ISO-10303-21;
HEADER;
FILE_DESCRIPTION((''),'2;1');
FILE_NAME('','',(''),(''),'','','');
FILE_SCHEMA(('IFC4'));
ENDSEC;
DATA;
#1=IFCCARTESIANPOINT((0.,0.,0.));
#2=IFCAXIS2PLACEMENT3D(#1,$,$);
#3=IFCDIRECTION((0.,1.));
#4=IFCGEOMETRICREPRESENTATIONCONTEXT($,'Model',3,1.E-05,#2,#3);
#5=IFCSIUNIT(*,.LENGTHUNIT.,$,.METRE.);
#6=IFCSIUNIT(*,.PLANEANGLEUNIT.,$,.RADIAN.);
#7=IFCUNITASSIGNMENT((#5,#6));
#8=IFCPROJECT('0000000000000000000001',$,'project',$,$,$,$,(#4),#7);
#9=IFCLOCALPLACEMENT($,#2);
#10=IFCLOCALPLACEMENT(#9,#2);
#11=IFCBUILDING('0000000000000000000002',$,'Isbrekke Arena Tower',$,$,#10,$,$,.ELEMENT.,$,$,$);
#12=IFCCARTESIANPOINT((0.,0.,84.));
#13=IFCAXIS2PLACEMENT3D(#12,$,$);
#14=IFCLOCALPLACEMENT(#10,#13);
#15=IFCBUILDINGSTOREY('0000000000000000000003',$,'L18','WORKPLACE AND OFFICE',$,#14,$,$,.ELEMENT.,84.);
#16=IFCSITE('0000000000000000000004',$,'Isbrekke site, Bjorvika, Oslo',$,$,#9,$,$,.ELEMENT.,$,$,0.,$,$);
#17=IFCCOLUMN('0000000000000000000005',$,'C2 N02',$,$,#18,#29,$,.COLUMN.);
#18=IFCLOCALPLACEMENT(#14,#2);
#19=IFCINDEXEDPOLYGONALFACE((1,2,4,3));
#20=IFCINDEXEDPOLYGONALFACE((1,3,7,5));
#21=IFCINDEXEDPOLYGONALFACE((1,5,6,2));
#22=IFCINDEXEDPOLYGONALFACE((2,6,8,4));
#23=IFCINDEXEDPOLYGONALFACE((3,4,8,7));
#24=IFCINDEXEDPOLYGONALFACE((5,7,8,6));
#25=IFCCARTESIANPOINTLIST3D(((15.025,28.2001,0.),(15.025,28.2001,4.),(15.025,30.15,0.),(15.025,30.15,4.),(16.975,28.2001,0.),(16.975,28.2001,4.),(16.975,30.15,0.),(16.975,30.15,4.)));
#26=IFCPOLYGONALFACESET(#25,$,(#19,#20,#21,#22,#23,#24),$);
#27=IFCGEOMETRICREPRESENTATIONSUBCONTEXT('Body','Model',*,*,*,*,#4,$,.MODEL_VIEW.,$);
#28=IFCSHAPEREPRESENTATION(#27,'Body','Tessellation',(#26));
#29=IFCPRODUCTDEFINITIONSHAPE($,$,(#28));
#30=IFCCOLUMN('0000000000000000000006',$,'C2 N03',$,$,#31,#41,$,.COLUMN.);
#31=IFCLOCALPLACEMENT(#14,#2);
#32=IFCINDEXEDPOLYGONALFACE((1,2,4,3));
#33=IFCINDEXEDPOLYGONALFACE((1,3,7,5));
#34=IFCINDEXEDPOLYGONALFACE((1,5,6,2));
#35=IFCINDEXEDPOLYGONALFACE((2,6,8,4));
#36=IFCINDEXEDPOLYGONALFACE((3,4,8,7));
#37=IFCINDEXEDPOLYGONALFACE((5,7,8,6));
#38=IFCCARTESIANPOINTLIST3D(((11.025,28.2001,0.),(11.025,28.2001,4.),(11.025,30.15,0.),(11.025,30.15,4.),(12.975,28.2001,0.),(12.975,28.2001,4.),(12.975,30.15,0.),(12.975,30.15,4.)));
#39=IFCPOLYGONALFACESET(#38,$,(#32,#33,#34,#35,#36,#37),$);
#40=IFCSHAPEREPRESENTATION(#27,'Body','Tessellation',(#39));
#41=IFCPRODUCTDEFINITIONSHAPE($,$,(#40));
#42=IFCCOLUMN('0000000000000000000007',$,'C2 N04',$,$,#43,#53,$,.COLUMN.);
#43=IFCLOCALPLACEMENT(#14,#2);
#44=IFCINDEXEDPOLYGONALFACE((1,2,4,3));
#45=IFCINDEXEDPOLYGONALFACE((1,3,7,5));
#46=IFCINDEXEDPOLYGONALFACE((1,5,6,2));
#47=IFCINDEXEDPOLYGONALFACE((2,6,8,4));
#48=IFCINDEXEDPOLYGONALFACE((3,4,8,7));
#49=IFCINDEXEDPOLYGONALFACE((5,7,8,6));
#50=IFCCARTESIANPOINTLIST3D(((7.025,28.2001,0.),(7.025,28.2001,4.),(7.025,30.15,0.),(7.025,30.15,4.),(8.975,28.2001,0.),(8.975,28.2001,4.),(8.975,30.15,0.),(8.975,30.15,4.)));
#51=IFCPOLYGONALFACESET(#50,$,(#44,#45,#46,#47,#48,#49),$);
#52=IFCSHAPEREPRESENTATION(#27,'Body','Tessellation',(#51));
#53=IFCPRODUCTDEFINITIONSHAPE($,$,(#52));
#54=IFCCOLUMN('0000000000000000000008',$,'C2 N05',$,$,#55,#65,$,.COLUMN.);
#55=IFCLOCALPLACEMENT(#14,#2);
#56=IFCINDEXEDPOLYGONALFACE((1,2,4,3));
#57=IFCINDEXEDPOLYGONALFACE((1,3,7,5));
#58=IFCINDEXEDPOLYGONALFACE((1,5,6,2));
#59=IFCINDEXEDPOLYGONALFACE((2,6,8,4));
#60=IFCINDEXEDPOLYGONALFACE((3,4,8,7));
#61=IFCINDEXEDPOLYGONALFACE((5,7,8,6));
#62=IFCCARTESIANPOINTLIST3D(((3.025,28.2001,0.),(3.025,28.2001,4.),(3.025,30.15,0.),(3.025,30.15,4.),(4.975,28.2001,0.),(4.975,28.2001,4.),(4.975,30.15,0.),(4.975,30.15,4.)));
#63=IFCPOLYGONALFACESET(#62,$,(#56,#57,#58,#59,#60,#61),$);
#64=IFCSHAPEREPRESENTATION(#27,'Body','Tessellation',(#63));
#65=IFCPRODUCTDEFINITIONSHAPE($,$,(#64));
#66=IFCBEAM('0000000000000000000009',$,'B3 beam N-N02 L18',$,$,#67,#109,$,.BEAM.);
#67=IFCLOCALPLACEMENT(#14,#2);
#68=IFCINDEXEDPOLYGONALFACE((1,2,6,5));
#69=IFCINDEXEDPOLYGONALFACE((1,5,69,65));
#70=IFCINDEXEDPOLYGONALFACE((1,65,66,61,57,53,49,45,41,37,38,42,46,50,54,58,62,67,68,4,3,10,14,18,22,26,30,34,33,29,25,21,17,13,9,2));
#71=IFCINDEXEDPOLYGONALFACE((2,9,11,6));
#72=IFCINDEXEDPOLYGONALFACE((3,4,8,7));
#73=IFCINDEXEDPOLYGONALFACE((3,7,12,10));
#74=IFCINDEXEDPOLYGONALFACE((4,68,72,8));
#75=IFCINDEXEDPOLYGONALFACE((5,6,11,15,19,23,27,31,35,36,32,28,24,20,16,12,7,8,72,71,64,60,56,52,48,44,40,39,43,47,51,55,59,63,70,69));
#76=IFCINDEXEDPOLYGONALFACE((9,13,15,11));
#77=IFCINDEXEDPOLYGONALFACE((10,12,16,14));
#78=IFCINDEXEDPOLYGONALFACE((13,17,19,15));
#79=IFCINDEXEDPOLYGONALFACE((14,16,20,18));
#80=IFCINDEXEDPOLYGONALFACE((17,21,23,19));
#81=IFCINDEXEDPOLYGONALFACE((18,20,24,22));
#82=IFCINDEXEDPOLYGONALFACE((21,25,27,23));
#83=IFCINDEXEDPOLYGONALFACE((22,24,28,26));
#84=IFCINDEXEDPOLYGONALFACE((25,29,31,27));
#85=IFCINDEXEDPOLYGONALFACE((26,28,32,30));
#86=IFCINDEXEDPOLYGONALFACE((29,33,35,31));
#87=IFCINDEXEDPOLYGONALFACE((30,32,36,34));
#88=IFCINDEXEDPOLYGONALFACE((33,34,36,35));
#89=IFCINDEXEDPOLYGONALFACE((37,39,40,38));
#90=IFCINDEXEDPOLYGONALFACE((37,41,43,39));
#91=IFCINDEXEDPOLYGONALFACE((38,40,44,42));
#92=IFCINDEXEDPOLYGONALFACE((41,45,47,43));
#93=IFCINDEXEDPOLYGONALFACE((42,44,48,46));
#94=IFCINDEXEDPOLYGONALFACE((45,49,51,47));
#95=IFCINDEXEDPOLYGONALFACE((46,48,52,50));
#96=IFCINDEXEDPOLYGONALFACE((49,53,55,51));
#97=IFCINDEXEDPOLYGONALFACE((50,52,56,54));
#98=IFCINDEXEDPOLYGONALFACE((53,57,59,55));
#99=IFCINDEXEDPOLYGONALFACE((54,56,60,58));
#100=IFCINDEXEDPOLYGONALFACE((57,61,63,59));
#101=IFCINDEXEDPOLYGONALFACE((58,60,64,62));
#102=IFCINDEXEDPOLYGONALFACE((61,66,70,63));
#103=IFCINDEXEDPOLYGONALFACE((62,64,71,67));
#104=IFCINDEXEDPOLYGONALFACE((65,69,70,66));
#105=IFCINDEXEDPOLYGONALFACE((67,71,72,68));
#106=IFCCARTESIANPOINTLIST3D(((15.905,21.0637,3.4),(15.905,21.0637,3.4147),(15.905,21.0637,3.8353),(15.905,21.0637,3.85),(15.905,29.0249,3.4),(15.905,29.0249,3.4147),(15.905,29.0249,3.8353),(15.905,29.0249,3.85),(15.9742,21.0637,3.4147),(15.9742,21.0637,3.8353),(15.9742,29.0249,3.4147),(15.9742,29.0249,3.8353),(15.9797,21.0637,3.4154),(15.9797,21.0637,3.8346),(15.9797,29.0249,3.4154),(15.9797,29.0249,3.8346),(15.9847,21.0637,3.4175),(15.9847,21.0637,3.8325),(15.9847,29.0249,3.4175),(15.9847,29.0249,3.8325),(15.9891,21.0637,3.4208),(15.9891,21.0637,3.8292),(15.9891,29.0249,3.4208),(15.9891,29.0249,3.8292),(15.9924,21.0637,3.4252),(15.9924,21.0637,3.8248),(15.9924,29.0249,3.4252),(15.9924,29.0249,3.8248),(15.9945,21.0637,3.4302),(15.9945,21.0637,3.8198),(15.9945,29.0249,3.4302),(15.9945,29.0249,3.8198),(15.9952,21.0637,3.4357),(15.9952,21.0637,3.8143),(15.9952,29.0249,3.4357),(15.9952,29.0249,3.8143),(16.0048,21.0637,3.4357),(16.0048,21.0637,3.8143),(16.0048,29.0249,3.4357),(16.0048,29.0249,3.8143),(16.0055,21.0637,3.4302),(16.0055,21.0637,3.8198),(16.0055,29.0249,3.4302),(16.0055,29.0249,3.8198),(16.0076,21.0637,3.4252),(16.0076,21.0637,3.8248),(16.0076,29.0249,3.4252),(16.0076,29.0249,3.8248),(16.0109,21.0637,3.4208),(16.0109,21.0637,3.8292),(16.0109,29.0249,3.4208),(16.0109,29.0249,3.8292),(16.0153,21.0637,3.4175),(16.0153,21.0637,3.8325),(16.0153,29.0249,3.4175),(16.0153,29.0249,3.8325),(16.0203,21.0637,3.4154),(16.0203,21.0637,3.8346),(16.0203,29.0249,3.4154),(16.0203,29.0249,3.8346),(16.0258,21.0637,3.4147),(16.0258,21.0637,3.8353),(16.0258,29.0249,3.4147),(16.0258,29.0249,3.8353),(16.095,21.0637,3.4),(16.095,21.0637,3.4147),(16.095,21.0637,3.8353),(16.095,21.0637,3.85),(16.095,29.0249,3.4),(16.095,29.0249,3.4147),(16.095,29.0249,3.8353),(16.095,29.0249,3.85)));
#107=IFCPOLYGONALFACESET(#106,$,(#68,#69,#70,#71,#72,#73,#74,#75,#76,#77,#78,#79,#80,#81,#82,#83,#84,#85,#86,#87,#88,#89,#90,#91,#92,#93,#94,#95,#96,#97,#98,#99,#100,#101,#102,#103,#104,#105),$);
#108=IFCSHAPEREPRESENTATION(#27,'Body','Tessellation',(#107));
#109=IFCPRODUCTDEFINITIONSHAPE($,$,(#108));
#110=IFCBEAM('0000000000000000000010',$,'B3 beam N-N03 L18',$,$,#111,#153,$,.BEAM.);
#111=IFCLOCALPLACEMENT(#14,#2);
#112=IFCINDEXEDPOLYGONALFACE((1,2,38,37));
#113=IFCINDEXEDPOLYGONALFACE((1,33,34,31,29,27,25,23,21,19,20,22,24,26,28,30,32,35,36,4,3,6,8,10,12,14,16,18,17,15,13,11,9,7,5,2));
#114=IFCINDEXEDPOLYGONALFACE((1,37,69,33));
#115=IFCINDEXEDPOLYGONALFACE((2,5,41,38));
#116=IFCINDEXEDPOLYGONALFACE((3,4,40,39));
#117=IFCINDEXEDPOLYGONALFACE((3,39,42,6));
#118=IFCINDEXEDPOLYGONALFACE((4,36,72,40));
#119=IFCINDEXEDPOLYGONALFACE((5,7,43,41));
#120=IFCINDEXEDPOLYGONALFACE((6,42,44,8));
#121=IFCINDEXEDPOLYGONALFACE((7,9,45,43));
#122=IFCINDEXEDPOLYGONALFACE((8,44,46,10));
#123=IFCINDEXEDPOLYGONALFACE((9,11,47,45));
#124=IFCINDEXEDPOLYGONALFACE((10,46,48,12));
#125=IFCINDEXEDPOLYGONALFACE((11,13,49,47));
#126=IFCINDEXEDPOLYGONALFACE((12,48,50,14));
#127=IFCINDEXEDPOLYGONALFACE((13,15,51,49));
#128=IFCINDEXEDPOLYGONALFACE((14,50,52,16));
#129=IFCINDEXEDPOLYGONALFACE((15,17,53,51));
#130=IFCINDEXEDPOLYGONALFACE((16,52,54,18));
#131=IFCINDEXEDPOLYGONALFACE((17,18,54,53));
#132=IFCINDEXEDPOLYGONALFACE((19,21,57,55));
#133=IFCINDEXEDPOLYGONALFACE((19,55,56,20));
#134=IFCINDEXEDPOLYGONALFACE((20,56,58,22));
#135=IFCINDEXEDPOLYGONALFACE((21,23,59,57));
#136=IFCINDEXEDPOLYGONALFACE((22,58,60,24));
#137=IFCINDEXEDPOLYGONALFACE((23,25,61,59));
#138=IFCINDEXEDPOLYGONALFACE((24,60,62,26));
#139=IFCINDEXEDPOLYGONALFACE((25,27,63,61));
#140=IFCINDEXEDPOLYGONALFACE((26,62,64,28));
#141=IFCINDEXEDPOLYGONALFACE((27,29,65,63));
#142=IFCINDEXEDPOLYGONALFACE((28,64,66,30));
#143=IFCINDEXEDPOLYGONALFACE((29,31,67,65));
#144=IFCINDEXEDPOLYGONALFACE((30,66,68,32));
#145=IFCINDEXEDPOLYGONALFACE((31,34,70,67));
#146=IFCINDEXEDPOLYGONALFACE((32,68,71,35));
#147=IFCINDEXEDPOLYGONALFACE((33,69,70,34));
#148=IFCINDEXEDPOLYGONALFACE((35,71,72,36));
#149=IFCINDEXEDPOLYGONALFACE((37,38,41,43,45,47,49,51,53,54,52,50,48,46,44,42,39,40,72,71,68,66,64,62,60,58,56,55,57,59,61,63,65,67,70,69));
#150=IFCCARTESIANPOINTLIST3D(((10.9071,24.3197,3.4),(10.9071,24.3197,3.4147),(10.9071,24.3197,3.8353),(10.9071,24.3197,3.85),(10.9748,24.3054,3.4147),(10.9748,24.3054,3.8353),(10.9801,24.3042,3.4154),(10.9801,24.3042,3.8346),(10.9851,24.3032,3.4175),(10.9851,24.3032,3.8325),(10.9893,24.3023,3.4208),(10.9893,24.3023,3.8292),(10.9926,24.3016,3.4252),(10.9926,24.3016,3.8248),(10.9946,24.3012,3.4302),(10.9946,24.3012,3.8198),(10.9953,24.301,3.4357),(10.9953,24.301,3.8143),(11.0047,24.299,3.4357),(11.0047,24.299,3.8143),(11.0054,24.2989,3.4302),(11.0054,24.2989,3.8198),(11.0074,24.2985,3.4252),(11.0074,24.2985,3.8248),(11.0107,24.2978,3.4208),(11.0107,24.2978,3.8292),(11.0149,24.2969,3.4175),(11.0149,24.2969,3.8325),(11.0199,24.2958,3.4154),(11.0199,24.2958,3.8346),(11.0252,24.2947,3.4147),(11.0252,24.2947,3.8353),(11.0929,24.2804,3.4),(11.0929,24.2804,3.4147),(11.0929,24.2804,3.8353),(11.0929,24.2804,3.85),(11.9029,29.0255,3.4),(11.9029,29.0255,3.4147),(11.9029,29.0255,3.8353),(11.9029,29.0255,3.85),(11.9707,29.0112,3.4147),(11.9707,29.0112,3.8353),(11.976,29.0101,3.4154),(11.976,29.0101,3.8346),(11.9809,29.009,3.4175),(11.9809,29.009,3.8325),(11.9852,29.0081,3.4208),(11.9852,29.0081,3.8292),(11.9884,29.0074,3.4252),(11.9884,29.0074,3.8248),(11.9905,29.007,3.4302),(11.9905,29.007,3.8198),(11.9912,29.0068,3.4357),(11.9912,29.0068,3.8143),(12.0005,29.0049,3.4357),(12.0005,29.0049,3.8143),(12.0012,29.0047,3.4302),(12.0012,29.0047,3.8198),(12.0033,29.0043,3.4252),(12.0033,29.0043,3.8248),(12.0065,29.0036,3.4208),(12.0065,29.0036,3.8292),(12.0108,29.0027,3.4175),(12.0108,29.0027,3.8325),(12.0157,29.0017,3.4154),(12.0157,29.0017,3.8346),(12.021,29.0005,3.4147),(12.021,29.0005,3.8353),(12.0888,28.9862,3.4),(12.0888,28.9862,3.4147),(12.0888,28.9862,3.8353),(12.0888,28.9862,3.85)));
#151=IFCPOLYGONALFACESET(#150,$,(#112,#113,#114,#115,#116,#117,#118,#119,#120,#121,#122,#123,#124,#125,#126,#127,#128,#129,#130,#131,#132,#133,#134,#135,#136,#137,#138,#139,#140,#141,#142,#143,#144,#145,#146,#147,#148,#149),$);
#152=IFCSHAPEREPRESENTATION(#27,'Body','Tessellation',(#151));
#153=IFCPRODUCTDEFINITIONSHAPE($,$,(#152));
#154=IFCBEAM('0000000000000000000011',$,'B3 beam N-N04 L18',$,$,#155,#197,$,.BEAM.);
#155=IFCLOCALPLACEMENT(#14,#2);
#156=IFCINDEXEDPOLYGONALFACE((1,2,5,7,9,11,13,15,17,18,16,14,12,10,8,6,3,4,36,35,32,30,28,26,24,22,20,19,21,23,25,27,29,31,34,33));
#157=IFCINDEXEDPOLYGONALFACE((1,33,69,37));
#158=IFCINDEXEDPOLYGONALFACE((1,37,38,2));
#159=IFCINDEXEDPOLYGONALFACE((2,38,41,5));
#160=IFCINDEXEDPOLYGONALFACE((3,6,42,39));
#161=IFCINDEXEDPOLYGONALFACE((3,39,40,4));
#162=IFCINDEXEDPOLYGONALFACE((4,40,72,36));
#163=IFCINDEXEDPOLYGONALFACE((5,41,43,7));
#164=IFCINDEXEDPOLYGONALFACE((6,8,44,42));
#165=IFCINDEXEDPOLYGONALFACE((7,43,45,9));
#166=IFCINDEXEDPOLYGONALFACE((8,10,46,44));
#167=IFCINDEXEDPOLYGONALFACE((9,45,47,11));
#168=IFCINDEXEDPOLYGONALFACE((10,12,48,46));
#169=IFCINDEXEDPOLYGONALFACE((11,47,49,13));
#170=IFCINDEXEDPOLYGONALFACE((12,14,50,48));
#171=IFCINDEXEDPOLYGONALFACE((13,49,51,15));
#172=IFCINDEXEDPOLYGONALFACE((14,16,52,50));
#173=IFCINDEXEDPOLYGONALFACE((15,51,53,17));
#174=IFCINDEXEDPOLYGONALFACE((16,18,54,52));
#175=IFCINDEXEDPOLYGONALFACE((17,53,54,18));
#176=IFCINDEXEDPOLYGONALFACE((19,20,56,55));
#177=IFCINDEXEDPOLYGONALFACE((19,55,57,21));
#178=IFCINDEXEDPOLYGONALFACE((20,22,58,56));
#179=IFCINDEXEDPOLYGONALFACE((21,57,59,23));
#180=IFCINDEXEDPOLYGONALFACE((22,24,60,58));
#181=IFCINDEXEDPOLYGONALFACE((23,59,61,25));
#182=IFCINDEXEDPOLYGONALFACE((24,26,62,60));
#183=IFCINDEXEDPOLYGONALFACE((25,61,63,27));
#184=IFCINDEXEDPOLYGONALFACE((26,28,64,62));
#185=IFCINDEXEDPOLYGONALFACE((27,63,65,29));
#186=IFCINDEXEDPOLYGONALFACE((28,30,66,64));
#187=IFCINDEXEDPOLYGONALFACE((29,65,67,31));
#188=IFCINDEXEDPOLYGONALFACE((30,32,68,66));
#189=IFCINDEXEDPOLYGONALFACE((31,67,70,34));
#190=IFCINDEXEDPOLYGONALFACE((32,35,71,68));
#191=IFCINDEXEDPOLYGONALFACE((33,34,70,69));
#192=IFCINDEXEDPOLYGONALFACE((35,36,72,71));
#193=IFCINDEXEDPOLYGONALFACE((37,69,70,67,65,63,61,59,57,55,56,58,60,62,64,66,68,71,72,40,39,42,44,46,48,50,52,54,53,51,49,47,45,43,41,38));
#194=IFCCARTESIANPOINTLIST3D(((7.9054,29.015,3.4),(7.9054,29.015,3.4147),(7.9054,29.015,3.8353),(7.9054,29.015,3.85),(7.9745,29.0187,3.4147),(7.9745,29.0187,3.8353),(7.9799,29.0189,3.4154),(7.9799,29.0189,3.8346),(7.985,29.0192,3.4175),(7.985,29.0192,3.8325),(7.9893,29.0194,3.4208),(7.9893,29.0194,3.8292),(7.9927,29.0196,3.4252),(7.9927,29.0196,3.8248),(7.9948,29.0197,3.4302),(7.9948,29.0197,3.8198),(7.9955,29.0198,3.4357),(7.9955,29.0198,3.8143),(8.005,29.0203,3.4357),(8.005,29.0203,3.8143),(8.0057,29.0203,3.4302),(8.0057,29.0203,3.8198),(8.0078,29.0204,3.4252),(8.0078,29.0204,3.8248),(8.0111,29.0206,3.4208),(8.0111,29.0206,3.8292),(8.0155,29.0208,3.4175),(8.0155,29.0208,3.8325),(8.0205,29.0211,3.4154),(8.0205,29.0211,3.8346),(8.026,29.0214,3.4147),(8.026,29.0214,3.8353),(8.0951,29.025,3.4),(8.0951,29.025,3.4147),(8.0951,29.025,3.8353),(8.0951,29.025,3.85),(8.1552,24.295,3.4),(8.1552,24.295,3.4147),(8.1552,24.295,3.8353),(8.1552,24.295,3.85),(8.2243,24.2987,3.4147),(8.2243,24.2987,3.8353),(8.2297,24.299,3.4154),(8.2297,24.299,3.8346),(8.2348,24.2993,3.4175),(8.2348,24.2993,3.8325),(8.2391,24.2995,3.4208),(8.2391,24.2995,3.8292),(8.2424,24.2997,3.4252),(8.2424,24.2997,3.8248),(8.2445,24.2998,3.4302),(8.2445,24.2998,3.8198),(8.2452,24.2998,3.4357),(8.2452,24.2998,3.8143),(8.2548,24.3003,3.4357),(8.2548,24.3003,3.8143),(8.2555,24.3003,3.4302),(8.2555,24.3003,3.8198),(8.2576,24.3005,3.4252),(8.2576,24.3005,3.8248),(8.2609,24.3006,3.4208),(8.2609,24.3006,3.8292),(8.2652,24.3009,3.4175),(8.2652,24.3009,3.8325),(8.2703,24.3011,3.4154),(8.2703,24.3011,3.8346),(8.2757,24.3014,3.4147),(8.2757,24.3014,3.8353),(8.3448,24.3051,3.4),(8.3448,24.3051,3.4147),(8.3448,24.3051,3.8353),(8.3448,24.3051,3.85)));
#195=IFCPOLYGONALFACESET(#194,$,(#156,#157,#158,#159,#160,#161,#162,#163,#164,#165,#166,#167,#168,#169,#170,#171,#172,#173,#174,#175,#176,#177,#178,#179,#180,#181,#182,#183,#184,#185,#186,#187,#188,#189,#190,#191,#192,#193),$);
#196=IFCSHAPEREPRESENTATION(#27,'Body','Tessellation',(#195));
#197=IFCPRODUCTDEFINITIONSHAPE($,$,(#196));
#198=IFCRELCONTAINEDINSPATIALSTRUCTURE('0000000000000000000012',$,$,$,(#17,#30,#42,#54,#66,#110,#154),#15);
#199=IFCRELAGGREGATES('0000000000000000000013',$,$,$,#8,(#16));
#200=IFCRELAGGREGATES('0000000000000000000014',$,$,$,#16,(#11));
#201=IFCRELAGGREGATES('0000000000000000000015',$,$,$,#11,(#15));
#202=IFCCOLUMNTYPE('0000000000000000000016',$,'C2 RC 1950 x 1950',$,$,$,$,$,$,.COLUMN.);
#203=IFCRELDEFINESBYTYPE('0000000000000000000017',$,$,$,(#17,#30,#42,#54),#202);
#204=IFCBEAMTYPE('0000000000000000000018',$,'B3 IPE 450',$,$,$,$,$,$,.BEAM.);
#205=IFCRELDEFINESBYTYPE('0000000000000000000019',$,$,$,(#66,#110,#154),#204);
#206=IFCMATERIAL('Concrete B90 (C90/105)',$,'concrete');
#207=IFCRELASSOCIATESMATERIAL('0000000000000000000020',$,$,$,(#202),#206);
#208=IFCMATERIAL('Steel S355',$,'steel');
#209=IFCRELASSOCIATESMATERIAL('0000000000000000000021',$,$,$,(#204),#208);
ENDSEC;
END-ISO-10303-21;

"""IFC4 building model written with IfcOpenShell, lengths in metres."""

from ifc_helpers import new_model, si_unit, direction, frame, origin, origin_2d, place, context, subcontext, project, spatial, rectangle, i_section, extrude, material, material_profile, profile_set, type_object, element, save


model = new_model("IFC4")

# Units and contexts
model_context = context("Model", 3, precision=1e-05, world=origin(), true_north=direction((0.0, 1.0)))
body_context = subcontext(model_context, "Body", "Model", "MODEL_VIEW")
ifc_project = project(units=[si_unit("LENGTHUNIT", "METRE"), si_unit("PLANEANGLEUNIT", "RADIAN")], contexts=[model_context])

# Site, building, storey
site_placement = place(None, origin())
site = spatial("IfcSite", under=ifc_project, at=site_placement, Name="Isbrekke site, Bjorvika, Oslo", CompositionType="ELEMENT", RefElevation=0.0)
building_placement = place(site_placement, origin())
building = spatial("IfcBuilding", under=site, at=building_placement, Name="Isbrekke Arena Tower", CompositionType="ELEMENT")
storey_placement = place(building_placement, frame((0.0, 0.0, 84.0)))
storey = spatial("IfcBuildingStorey", under=building, at=storey_placement, Name="L18", Description="WORKPLACE AND OFFICE", CompositionType="ELEMENT", Elevation=84.0)

# Columns
ifc_material_1 = material(Name="Concrete B90 (C90/105)", Category="concrete")
ifc_material_profile_1 = material_profile(ifc_material_1, rectangle(XDim=1.95, YDim=1.95, at=origin_2d()), Name="RC 1950x1950")
ifc_profile_set_1 = profile_set([ifc_material_profile_1], Name="Concrete B90 (C90/105)")
column_type = type_object("IfcColumnType", Name="C2 RC 1950 x 1950", PredefinedType="COLUMN", material=ifc_profile_set_1)
for number, where, z_axis, x_axis, name in (
    (1, (16.0, 29.175, 0.0), (0.0, 0.0, 1.0), (-1.0, 0.0, 0.0), "C2 N02"),
    (2, (12.0, 29.175, 0.0), (0.0, 0.0, 1.0), (-1.0, 0.0, 0.0), "C2 N03"),
    (3, (8.0, 29.175, 0.0), (0.0, 0.0, 1.0), (-1.0, 0.0, 0.0), "C2 N04"),
    (4, (4.0, 29.175, 0.0), (0.0, 0.0, 1.0), (-1.0, 0.0, 0.0), "C2 N05"),
):
    element("IfcColumn", number, at=place(storey_placement, frame(where, z_axis=z_axis, x_axis=x_axis)), inside=storey, type_object=column_type, Name=name, PredefinedType="COLUMN", context=body_context, shape_type="SweptSolid", body=[
        extrude(rectangle(XDim=1.95, YDim=1.95, at=origin_2d()), origin(), (0.0, 0.0, 1.0), 4.0),
    ])

# Beams
ifc_material_2 = material(Name="Steel S355", Category="steel")
ifc_material_profile_2 = material_profile(ifc_material_2, i_section(OverallWidth=0.1899, OverallDepth=0.45, WebThickness=0.0095, FlangeThickness=0.0146, FilletRadius=0.021, at=origin_2d()), Name="IPE 450")
ifc_profile_set_2 = profile_set([ifc_material_profile_2], Name="Steel S355")
beam_type_1 = type_object("IfcBeamType", Name="B3 IPE 450", PredefinedType="BEAM", material=ifc_profile_set_2)
beam_1_placement = place(storey_placement, frame((16.0, 29.0249, 3.625), z_axis=(0.0, -1.0, 0.0), x_axis=(1.0, 0.0, 0.0)))
element("IfcBeam", 5, at=beam_1_placement, inside=storey, type_object=beam_type_1, Name="B3 beam N-N02 L18", PredefinedType="BEAM", context=body_context, shape_type="SweptSolid", body=[
    extrude(i_section(OverallWidth=0.1899, OverallDepth=0.45, WebThickness=0.0095, FlangeThickness=0.0146, FilletRadius=0.021, at=origin_2d()), origin(), (0.0, 0.0, 1.0), 7.9612),
])
beam_2_placement = place(storey_placement, frame((11.9958, 29.0059, 3.625), z_axis=(-0.207036, -0.978333, 0.0), x_axis=(0.978333, -0.207036, 0.0)))
element("IfcBeam", 6, at=beam_2_placement, inside=storey, type_object=beam_type_1, Name="B3 beam N-N03 L18", PredefinedType="BEAM", context=body_context, shape_type="SweptSolid", body=[
    extrude(i_section(OverallWidth=0.1899, OverallDepth=0.45, WebThickness=0.0095, FlangeThickness=0.0146, FilletRadius=0.021, at=origin_2d()), origin(), (0.0, 0.0, 1.0), 4.8101),
])
beam_3_placement = place(storey_placement, frame((8.0002, 29.02, 3.625), z_axis=(0.052841, -0.998603, 0.0), x_axis=(0.998603, 0.052841, 0.0)))
element("IfcBeam", 7, at=beam_3_placement, inside=storey, type_object=beam_type_1, Name="B3 beam N-N04 L18", PredefinedType="BEAM", context=body_context, shape_type="SweptSolid", body=[
    extrude(i_section(OverallWidth=0.1899, OverallDepth=0.45, WebThickness=0.0095, FlangeThickness=0.0146, FilletRadius=0.021, at=origin_2d()), origin(), (0.0, 0.0, 1.0), 4.7266),
])

save(model, "model.ifc")
